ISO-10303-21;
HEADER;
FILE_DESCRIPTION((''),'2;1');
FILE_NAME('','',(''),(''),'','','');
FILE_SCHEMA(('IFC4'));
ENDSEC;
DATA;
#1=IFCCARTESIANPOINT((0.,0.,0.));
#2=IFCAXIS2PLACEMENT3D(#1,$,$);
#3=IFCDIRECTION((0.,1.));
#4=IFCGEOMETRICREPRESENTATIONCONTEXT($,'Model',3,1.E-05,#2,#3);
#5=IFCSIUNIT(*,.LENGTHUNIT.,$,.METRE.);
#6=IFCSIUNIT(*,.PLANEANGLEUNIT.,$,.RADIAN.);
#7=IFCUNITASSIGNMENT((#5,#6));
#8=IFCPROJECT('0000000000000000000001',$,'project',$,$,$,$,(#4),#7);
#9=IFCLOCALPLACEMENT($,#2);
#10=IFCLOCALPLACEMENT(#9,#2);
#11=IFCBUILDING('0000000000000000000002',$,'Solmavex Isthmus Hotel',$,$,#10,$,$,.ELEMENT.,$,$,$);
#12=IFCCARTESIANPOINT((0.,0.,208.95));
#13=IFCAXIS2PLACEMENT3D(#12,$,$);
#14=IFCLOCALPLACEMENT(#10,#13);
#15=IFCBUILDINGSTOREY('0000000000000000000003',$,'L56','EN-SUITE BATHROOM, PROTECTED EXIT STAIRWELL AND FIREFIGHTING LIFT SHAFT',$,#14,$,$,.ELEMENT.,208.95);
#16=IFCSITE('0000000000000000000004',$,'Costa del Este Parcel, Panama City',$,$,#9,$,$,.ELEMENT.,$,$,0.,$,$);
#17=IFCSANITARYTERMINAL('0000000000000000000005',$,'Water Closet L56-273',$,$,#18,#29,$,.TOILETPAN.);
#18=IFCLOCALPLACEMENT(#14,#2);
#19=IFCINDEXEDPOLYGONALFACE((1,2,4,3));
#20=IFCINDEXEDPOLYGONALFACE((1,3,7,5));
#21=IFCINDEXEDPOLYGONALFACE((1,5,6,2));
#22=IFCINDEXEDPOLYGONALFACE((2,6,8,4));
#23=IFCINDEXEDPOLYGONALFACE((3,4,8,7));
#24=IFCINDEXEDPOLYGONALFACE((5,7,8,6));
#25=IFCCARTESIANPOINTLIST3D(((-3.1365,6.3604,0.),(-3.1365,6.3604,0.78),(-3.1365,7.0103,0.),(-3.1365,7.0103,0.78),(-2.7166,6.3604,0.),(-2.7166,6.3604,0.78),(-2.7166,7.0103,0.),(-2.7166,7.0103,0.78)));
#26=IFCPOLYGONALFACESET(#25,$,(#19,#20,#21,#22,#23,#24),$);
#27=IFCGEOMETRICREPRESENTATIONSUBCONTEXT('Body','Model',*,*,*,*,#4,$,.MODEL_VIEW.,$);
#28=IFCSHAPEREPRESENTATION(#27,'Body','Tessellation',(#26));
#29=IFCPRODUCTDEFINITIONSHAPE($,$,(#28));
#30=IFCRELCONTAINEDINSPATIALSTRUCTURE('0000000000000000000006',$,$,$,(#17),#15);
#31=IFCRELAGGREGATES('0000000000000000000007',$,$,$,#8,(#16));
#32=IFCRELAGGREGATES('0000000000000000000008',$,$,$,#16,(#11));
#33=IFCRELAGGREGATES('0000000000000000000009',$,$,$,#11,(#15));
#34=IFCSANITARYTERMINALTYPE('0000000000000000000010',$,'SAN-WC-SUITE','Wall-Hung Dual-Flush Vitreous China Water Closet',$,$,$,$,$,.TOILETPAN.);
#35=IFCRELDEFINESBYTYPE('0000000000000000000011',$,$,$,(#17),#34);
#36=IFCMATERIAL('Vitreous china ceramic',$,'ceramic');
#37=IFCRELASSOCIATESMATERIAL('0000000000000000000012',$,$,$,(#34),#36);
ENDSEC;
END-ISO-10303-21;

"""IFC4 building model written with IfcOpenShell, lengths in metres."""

from ifc_helpers import new_model, si_unit, direction, frame, origin, origin_2d, place, context, subcontext, project, spatial, rectangle, extrude, material, type_object, element, save


model = new_model("IFC4")

# Units and contexts
model_context = context("Model", 3, precision=1e-05, world=origin(), true_north=direction((0.0, 1.0)))
body_context = subcontext(model_context, "Body", "Model", "MODEL_VIEW")
ifc_project = project(units=[si_unit("LENGTHUNIT", "METRE"), si_unit("PLANEANGLEUNIT", "RADIAN")], contexts=[model_context])

# Site, building, storey
site_placement = place(None, origin())
site = spatial("IfcSite", under=ifc_project, at=site_placement, Name="Costa del Este Parcel, Panama City", CompositionType="ELEMENT", RefElevation=0.0)
building_placement = place(site_placement, origin())
building = spatial("IfcBuilding", under=site, at=building_placement, Name="Solmavex Isthmus Hotel", CompositionType="ELEMENT")
storey_placement = place(building_placement, frame((0.0, 0.0, 208.95)))
storey = spatial("IfcBuildingStorey", under=building, at=storey_placement, Name="L56", Description="EN-SUITE BATHROOM, PROTECTED EXIT STAIRWELL AND FIREFIGHTING LIFT SHAFT", CompositionType="ELEMENT", Elevation=208.95)

# Sanitary terminal
ifc_material_1 = material(Name="Vitreous china ceramic", Category="ceramic")
sanitary_terminal_type_1 = type_object("IfcSanitaryTerminalType", Name="SAN-WC-SUITE", Description="Wall-Hung Dual-Flush Vitreous China Water Closet", PredefinedType="TOILETPAN", material=ifc_material_1)
sanitary_terminal_1_placement = place(storey_placement, frame((-2.9265, 6.6853, 0.0), z_axis=(0.0, 0.0, 1.0), x_axis=(1.0, 0.0, 0.0)))
element("IfcSanitaryTerminal", 1, at=sanitary_terminal_1_placement, inside=storey, type_object=sanitary_terminal_type_1, Name="Water Closet L56-273", PredefinedType="TOILETPAN", context=body_context, shape_type="SweptSolid", body=[
    extrude(rectangle(XDim=0.4199, YDim=0.6499, at=origin_2d()), origin(), (0.0, 0.0, 1.0), 0.78),
])

save(model, "model.ifc")
